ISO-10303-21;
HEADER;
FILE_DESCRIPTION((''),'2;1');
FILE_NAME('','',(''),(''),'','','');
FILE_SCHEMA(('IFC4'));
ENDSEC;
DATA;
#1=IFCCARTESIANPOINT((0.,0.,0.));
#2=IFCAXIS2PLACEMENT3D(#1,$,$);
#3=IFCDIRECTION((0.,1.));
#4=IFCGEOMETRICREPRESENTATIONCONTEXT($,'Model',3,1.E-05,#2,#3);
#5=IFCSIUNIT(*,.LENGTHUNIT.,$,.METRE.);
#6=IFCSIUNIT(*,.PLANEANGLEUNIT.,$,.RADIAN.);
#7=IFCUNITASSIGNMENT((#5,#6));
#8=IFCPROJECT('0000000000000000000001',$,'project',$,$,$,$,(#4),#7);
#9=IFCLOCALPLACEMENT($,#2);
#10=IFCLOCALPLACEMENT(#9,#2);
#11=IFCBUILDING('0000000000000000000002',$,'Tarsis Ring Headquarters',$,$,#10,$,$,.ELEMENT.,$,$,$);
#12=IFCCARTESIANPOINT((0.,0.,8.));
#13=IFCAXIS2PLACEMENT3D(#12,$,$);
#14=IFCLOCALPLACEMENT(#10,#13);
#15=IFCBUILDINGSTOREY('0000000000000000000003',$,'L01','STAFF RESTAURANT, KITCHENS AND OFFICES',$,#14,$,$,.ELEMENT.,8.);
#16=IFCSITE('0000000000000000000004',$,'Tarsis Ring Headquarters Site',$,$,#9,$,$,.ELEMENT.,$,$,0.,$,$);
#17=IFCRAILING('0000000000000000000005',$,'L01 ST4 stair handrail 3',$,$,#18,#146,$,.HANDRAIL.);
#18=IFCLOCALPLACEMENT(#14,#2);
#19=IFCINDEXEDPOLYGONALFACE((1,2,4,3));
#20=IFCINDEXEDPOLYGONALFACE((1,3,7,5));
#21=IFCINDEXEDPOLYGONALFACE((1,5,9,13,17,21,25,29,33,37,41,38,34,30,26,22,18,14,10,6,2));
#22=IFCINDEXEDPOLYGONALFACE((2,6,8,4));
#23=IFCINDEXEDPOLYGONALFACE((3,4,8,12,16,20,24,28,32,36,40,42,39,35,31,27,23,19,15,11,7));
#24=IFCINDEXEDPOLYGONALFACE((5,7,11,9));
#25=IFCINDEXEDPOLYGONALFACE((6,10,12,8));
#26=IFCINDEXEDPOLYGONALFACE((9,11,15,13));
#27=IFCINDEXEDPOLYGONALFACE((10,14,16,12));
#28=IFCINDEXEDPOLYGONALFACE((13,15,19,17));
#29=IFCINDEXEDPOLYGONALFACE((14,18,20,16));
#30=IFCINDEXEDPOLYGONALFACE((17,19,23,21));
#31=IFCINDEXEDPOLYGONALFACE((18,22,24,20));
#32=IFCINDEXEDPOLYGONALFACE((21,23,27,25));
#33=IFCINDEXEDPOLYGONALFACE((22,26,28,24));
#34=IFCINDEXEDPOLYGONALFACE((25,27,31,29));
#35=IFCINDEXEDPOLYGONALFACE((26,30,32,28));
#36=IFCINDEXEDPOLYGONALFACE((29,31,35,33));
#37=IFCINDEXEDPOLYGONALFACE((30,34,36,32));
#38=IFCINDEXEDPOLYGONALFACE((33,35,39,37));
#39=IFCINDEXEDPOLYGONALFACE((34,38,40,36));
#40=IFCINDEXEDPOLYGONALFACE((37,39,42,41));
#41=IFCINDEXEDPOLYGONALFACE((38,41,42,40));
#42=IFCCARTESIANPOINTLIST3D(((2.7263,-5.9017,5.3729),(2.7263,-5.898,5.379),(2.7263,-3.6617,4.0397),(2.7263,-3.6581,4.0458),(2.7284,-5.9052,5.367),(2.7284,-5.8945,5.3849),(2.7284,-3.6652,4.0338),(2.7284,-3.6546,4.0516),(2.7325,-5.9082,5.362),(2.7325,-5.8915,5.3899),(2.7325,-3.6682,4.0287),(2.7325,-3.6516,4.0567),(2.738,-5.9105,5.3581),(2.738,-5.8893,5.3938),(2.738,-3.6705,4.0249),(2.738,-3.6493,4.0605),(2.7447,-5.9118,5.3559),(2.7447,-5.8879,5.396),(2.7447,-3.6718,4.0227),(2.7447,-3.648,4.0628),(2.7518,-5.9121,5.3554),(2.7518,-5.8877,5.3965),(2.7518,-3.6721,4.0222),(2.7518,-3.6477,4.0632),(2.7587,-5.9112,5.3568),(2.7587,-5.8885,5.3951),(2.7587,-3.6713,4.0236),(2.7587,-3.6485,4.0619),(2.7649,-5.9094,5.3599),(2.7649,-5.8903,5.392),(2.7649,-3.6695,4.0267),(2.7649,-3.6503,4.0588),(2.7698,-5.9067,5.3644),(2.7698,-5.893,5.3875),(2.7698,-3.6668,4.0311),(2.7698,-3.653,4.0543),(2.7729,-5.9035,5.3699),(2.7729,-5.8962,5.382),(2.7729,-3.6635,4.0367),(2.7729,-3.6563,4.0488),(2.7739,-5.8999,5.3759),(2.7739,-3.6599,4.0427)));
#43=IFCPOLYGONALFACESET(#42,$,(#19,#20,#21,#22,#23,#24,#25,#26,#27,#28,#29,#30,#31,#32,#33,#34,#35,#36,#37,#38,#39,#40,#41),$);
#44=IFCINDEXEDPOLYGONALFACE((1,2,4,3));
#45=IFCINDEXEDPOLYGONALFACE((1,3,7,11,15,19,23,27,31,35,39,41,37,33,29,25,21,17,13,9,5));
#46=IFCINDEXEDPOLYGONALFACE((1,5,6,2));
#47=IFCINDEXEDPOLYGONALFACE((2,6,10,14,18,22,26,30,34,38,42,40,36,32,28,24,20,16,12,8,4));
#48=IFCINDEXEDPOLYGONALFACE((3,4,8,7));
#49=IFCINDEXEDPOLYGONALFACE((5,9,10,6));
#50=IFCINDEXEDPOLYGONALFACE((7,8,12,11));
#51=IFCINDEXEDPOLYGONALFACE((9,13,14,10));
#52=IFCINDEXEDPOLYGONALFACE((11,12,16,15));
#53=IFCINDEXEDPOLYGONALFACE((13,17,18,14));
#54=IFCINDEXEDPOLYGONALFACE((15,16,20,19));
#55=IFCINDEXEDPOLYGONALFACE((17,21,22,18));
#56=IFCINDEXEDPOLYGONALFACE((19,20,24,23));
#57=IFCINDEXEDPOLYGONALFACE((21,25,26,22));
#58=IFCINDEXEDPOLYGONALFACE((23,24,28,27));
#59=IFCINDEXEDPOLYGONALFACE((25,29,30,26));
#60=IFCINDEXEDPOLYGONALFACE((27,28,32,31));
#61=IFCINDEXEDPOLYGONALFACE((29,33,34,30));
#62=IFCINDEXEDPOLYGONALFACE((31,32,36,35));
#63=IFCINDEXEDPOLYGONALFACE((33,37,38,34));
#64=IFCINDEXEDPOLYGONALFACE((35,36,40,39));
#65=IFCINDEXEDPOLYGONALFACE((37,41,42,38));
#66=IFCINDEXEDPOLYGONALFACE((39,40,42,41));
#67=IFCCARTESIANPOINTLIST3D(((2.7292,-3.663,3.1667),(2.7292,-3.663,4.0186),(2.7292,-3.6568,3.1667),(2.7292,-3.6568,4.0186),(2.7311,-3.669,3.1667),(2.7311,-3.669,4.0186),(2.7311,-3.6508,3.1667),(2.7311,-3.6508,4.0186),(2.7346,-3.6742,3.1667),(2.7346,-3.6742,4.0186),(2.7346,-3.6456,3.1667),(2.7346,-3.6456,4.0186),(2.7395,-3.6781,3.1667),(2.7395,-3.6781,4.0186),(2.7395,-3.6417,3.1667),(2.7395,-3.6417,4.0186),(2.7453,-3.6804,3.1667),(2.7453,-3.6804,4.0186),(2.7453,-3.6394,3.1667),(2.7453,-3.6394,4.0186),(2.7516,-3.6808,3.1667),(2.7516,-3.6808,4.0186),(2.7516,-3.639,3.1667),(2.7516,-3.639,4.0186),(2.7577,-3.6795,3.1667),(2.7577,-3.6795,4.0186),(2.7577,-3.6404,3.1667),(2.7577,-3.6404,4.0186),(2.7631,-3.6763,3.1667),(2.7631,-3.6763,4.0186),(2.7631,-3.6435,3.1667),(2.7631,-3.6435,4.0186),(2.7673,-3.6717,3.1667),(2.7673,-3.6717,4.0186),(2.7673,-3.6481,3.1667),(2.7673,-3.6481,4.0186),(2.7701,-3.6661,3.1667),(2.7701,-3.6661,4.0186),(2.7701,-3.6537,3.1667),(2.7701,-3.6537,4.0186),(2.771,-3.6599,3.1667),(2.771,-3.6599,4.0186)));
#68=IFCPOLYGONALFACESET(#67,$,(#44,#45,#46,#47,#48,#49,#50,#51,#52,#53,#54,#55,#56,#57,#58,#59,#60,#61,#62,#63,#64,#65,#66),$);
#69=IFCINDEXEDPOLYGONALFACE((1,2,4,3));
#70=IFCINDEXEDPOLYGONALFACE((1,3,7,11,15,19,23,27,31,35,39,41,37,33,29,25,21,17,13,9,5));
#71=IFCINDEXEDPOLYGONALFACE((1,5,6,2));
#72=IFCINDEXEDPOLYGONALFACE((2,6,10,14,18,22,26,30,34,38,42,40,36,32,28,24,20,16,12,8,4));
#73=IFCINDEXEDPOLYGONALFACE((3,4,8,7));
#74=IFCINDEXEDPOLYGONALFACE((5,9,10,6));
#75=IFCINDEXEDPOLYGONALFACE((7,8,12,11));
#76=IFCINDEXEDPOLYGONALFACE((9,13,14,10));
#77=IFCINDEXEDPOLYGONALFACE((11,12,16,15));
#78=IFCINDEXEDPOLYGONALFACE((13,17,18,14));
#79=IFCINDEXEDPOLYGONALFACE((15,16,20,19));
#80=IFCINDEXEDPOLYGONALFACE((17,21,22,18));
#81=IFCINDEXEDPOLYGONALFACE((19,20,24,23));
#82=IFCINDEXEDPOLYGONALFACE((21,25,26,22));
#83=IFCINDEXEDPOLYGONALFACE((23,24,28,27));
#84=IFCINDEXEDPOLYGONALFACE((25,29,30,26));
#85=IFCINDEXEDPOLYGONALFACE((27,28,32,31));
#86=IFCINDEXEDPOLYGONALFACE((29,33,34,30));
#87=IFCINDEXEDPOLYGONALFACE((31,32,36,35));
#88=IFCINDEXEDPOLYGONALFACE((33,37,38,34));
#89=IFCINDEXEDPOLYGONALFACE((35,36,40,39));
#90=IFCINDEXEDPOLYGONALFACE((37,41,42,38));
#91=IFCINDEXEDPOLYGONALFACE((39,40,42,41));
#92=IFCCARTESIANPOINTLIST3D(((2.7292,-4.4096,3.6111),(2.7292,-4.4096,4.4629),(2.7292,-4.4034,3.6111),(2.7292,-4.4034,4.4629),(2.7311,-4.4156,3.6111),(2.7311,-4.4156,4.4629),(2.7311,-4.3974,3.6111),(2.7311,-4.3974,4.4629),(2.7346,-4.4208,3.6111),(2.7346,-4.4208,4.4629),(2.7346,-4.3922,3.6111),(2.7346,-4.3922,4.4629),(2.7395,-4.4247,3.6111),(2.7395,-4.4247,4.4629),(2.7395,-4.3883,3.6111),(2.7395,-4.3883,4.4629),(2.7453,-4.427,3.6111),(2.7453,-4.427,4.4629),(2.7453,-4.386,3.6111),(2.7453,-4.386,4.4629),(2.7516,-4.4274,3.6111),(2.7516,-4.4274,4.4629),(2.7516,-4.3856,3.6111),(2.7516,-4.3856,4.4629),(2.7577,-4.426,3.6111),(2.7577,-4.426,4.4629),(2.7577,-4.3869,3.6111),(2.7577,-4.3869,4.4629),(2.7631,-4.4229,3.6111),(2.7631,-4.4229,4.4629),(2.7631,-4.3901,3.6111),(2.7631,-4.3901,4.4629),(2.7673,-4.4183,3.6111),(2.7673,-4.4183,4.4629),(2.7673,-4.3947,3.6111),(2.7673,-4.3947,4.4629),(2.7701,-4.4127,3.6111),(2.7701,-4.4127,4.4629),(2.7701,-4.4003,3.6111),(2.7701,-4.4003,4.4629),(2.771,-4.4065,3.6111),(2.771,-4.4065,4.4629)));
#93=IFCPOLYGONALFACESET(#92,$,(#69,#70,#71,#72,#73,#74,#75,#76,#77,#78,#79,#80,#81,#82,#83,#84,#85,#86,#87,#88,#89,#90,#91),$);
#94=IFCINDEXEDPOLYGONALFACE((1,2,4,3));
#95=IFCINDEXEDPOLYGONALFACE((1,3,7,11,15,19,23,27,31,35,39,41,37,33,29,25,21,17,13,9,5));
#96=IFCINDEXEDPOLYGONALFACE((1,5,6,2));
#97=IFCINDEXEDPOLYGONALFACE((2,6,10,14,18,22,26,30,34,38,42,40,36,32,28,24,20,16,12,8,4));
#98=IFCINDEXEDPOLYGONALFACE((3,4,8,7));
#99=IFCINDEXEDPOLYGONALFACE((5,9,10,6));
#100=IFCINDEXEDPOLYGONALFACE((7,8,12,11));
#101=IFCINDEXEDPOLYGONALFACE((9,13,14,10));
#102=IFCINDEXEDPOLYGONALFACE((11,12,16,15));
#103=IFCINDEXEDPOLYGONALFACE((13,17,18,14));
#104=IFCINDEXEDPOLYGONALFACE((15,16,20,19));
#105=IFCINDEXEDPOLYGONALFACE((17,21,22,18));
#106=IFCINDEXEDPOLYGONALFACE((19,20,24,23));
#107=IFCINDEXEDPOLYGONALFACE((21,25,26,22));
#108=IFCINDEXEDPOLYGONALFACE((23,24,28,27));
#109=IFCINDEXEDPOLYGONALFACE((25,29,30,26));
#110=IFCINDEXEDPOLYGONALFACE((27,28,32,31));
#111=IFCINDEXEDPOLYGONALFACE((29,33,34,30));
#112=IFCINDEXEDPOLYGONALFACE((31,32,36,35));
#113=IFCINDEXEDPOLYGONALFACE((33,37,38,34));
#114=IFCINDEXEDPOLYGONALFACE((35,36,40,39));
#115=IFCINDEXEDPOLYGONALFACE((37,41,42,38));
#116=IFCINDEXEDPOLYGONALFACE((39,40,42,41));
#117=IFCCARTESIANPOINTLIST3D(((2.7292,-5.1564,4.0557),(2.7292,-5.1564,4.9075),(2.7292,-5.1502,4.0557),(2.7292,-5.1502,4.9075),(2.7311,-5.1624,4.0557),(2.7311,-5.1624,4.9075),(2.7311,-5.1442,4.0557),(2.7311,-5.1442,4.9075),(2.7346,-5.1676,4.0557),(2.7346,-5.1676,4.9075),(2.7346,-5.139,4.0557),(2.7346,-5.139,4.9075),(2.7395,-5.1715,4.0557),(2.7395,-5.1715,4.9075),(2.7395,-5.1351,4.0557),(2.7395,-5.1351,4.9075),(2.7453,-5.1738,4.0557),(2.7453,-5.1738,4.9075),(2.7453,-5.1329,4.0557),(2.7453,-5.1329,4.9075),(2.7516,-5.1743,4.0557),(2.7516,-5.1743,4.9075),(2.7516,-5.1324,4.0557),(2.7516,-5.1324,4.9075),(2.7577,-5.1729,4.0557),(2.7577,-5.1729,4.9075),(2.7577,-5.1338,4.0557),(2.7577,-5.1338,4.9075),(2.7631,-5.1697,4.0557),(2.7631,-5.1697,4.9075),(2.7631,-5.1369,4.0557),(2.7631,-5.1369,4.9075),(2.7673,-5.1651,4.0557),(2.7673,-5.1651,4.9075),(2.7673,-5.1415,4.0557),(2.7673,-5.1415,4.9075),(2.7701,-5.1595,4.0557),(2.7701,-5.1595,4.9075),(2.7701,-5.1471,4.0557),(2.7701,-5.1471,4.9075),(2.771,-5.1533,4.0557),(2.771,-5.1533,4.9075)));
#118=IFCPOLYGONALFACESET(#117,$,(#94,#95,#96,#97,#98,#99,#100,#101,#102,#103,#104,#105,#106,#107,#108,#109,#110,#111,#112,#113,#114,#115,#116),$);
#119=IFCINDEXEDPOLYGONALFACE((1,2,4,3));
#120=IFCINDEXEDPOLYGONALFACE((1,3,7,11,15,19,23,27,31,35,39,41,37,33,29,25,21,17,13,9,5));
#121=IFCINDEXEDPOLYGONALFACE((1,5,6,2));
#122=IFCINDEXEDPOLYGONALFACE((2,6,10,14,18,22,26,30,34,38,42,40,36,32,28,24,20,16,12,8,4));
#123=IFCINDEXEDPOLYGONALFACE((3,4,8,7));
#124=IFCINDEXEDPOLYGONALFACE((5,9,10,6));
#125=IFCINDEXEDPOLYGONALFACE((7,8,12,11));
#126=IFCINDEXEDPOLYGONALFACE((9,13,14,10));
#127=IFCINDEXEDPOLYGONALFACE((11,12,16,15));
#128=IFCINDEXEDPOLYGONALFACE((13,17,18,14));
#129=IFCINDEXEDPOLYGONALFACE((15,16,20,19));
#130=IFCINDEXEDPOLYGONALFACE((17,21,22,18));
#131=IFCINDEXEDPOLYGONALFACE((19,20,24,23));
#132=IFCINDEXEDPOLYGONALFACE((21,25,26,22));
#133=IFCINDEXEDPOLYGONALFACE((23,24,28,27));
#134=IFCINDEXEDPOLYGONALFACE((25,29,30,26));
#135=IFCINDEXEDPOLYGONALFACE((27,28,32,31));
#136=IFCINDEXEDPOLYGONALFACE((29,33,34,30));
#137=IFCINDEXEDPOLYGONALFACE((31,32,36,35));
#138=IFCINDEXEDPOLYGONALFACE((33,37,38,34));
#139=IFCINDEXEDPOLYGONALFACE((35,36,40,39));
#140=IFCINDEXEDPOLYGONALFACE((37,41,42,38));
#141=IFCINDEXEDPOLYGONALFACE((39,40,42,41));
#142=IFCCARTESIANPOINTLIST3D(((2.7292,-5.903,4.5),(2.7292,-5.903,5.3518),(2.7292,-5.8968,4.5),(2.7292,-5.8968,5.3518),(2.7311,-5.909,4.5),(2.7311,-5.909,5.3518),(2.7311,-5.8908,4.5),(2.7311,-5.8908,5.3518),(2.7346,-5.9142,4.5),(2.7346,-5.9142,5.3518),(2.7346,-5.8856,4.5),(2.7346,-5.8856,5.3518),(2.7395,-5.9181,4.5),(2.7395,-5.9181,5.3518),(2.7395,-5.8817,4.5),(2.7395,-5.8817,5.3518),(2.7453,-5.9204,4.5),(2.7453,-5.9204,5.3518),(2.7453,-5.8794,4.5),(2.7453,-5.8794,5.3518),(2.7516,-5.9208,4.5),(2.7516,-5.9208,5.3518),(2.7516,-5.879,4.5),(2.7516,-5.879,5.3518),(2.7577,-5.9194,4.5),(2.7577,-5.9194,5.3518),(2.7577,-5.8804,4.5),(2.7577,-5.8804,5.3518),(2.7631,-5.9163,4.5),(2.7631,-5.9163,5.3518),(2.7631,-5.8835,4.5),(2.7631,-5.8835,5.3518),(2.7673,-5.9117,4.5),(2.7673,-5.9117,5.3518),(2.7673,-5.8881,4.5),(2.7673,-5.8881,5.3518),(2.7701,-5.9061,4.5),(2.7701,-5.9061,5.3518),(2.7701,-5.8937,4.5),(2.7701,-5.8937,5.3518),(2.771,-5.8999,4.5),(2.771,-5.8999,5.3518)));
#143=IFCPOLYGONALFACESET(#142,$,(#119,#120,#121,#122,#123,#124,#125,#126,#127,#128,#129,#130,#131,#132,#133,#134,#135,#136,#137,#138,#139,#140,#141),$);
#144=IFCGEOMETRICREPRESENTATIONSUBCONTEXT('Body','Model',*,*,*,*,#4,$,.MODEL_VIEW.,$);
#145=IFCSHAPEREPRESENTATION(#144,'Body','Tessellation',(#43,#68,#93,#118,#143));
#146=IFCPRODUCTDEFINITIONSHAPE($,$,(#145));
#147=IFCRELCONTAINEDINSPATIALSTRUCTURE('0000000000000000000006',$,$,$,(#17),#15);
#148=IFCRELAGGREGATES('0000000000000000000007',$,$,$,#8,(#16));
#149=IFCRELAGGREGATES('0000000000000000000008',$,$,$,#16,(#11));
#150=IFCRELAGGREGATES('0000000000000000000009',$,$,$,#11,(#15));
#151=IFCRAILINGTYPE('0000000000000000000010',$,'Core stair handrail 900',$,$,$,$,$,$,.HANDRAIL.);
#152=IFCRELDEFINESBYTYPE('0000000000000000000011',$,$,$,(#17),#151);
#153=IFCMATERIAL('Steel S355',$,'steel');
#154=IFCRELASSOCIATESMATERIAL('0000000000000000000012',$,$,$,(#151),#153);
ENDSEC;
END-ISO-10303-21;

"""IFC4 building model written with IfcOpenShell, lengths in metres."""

from ifc_helpers import new_model, si_unit, direction, frame, origin, origin_2d, place, context, subcontext, project, spatial, circle, extrude, material, type_object, element, save


model = new_model("IFC4")

# Units and contexts
model_context = context("Model", 3, precision=1e-05, world=origin(), true_north=direction((0.0, 1.0)))
body_context = subcontext(model_context, "Body", "Model", "MODEL_VIEW")
ifc_project = project(units=[si_unit("LENGTHUNIT", "METRE"), si_unit("PLANEANGLEUNIT", "RADIAN")], contexts=[model_context])

# Site, building, storey
site_placement = place(None, origin())
site = spatial("IfcSite", under=ifc_project, at=site_placement, Name="Tarsis Ring Headquarters Site", CompositionType="ELEMENT", RefElevation=0.0)
building_placement = place(site_placement, origin())
building = spatial("IfcBuilding", under=site, at=building_placement, Name="Tarsis Ring Headquarters", CompositionType="ELEMENT")
storey_placement = place(building_placement, frame((0.0, 0.0, 8.0)))
storey = spatial("IfcBuildingStorey", under=building, at=storey_placement, Name="L01", Description="STAFF RESTAURANT, KITCHENS AND OFFICES", CompositionType="ELEMENT", Elevation=8.0)

# Shared definitions
ifc_material_1 = material(Name="Steel S355", Category="steel")

# Railing
railing_type_1 = type_object("IfcRailingType", Name="Core stair handrail 900", PredefinedType="HANDRAIL", material=ifc_material_1)
for number, where, name in (
    (1, (2.75, -3.6599, 3.1667), "L01 ST4 stair handrail 3"),
):
    element("IfcRailing", number, at=place(storey_placement, frame(where)), inside=storey, type_object=railing_type_1, Name=name, PredefinedType="HANDRAIL", context=body_context, shape_type="SweptSolid", body=[
        extrude(circle(Radius=0.0239, at=origin_2d()), frame((0.0, 0.0, 0.876), z_axis=(0.0, -0.859306, 0.511462), x_axis=(1.0, 0.0, 0.0)), (0.0, 0.0, 1.0), 2.6067),
        extrude(circle(Radius=0.021, at=origin_2d()), origin(), (0.0, 0.0, 1.0), 0.8518),
        extrude(circle(Radius=0.021, at=origin_2d()), frame((0.0, -0.7466, 0.4443)), (0.0, 0.0, 1.0), 0.8518),
        extrude(circle(Radius=0.021, at=origin_2d()), frame((0.0, -1.4934, 0.8889)), (0.0, 0.0, 1.0), 0.8518),
        extrude(circle(Radius=0.021, at=origin_2d()), frame((0.0, -2.24, 1.3333)), (0.0, 0.0, 1.0), 0.8518),
    ])

save(model, "model.ifc")
